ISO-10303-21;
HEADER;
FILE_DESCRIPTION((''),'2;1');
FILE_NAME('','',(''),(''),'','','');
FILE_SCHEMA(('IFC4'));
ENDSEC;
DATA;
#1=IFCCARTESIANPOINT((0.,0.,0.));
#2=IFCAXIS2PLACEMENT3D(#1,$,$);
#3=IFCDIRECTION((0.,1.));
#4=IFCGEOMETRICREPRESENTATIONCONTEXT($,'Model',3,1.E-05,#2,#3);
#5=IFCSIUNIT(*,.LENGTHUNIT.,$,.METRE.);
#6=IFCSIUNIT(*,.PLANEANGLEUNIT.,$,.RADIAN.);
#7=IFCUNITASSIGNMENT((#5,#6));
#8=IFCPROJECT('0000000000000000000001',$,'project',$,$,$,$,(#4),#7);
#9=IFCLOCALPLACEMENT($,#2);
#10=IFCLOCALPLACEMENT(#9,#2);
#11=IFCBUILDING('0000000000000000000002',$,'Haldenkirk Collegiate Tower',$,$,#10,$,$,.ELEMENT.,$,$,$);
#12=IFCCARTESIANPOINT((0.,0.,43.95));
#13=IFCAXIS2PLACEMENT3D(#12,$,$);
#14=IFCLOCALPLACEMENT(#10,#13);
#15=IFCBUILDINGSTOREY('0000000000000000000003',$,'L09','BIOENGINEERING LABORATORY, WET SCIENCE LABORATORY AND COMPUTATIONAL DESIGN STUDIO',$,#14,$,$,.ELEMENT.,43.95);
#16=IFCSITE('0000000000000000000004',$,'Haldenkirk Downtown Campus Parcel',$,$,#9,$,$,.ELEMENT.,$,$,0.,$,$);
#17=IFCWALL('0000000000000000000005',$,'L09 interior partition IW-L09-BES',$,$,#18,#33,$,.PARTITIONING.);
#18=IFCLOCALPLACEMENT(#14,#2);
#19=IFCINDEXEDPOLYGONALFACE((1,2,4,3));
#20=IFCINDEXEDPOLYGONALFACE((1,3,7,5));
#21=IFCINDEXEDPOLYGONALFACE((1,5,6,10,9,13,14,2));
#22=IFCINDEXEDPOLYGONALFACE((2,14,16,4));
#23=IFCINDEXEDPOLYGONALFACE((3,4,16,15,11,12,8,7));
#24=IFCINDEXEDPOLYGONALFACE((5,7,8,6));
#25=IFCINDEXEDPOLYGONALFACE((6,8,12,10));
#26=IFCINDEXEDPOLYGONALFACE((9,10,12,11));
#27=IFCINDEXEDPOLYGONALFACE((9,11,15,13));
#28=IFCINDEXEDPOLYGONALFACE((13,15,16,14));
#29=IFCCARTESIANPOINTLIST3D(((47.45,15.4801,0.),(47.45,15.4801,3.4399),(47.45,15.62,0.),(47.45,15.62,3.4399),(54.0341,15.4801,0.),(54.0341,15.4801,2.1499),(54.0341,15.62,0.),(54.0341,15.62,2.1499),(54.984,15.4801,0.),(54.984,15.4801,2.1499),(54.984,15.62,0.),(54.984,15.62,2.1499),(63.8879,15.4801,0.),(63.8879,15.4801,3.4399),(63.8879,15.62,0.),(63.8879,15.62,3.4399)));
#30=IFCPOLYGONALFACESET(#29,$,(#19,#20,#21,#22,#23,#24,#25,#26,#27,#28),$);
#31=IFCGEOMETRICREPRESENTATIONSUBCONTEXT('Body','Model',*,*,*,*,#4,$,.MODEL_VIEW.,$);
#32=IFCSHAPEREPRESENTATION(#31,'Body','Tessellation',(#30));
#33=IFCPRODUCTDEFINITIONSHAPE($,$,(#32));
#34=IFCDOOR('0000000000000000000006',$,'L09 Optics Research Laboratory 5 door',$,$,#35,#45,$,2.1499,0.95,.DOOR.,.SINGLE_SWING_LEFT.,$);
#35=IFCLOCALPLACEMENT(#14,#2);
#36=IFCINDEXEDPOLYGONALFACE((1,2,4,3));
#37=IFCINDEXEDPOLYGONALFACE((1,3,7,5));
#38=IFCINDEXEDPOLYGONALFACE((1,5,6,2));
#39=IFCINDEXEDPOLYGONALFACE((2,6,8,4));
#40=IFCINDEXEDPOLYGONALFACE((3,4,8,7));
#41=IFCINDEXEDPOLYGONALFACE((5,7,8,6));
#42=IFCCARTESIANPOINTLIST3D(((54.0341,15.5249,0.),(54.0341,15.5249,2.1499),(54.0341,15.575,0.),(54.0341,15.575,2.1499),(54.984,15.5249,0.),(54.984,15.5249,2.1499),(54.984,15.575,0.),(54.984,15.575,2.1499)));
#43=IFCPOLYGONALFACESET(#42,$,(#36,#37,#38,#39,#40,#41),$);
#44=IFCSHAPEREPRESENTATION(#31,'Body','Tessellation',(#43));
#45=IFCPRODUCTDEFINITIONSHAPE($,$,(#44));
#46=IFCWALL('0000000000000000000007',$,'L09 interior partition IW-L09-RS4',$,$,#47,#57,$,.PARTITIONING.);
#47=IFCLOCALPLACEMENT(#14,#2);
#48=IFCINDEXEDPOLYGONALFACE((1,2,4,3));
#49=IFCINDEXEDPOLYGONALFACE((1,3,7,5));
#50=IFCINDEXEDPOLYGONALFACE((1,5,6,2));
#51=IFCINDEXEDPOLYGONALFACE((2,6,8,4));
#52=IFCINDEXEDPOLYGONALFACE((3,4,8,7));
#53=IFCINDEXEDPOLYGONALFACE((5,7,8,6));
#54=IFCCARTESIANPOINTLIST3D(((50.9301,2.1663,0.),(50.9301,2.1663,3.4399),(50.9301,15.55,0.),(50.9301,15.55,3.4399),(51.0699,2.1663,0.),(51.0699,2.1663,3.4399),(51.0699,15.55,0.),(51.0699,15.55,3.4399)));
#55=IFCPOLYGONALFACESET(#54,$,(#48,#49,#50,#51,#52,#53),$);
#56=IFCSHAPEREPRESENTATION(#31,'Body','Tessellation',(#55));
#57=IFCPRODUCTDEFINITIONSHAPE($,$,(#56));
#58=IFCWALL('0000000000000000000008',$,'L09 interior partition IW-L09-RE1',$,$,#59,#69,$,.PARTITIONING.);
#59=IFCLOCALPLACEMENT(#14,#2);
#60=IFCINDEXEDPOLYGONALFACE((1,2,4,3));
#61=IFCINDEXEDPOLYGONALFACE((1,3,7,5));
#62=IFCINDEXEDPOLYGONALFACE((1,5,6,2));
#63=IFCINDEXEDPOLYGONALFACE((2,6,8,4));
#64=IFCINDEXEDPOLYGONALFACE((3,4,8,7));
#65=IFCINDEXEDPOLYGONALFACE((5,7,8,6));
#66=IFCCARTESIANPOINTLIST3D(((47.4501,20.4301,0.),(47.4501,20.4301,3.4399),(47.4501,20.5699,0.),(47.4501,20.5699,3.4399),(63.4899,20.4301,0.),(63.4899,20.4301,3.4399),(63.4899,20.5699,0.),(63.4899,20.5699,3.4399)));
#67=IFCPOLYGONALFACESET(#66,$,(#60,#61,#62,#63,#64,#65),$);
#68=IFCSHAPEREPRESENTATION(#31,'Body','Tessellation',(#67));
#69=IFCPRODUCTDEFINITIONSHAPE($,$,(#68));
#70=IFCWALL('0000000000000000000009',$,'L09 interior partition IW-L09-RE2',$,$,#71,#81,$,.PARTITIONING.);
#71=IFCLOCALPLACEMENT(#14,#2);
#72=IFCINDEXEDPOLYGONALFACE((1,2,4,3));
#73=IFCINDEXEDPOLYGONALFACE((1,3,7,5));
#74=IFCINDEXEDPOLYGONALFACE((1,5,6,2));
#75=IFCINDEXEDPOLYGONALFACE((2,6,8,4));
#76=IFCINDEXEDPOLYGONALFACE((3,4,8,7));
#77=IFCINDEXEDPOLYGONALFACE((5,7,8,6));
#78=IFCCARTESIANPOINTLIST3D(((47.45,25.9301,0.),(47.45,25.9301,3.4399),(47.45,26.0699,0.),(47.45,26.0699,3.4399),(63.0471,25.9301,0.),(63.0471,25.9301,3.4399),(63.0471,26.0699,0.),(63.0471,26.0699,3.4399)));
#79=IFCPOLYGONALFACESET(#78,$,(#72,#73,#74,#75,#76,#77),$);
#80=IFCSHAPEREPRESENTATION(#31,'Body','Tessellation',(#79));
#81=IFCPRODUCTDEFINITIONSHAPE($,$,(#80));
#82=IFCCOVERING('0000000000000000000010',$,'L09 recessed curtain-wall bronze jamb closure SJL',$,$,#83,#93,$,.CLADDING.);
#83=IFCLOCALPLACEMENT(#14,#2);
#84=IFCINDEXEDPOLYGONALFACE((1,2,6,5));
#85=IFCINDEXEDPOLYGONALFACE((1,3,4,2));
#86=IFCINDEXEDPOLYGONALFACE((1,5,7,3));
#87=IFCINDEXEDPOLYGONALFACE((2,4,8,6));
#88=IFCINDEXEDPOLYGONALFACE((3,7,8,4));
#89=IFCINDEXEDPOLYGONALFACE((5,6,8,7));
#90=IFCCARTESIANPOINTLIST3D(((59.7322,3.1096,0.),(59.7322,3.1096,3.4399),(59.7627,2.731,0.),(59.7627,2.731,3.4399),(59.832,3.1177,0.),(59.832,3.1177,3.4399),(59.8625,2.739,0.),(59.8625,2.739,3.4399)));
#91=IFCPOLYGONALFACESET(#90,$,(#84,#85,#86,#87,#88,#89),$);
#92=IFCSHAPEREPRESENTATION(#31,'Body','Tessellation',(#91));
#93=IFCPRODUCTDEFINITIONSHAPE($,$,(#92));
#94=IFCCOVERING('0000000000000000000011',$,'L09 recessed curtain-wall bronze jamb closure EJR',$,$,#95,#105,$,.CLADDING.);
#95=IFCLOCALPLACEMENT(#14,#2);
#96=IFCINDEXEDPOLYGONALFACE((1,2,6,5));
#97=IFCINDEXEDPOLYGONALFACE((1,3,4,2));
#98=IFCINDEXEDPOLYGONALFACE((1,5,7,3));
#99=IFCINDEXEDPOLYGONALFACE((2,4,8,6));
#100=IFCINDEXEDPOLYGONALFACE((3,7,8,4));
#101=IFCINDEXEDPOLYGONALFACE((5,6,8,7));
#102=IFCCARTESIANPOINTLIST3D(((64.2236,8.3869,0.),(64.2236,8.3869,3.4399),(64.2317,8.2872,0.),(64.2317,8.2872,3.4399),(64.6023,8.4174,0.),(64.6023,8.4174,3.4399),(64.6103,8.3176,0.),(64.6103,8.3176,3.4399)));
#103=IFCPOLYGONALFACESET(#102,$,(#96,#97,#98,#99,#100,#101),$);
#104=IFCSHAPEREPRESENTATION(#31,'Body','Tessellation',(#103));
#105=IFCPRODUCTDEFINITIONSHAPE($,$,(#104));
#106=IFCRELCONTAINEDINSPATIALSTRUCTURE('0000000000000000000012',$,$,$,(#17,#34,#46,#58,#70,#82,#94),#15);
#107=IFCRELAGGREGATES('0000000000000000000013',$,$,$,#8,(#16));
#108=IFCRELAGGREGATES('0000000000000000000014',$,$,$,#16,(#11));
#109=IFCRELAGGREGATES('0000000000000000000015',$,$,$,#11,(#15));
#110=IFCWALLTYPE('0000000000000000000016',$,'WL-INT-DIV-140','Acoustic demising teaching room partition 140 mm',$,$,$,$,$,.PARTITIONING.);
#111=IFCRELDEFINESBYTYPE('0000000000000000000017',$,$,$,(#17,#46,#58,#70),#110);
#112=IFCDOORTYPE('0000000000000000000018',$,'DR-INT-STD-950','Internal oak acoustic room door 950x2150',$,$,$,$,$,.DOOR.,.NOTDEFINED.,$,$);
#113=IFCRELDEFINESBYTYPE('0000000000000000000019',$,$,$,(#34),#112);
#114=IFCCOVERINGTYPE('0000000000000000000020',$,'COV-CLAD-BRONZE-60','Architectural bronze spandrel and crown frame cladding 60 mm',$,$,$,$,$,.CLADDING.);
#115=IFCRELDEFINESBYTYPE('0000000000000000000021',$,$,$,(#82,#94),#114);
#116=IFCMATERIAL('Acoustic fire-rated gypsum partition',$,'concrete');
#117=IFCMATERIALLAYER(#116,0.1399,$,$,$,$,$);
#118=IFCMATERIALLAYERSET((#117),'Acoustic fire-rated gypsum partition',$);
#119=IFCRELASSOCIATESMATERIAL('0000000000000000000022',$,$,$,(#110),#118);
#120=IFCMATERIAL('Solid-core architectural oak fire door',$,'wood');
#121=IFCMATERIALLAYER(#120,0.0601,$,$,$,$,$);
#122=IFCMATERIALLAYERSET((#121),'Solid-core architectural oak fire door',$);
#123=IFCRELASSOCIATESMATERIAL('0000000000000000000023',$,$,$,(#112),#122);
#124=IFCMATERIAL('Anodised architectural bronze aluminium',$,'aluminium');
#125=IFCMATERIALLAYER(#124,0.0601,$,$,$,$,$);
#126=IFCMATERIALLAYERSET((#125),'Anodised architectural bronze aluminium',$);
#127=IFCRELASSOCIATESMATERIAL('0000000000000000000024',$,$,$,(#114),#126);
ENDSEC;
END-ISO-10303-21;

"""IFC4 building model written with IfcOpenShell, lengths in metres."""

from ifc_helpers import new_model, si_unit, direction, frame, frame_2d, origin, origin_2d, place, context, subcontext, project, spatial, rectangle, extrude, source, transform, mapped, material, layer, layer_set, type_object, element, fill, save


model = new_model("IFC4")

# Units and contexts
model_context = context("Model", 3, precision=1e-05, world=origin(), true_north=direction((0.0, 1.0)))
body_context = subcontext(model_context, "Body", "Model", "MODEL_VIEW")
ifc_project = project(units=[si_unit("LENGTHUNIT", "METRE"), si_unit("PLANEANGLEUNIT", "RADIAN")], contexts=[model_context])

# Site, building, storey
site_placement = place(None, origin())
site = spatial("IfcSite", under=ifc_project, at=site_placement, Name="Haldenkirk Downtown Campus Parcel", CompositionType="ELEMENT", RefElevation=0.0)
building_placement = place(site_placement, origin())
building = spatial("IfcBuilding", under=site, at=building_placement, Name="Haldenkirk Collegiate Tower", CompositionType="ELEMENT")
storey_placement = place(building_placement, frame((0.0, 0.0, 43.95)))
storey = spatial("IfcBuildingStorey", under=building, at=storey_placement, Name="L09", Description="BIOENGINEERING LABORATORY, WET SCIENCE LABORATORY AND COMPUTATIONAL DESIGN STUDIO", CompositionType="ELEMENT", Elevation=43.95)

# Shared definitions
ifc_material_1 = material(Name="Anodised architectural bronze aluminium", Category="aluminium")

# Wall, opening, door
ifc_material_2 = material(Name="Acoustic fire-rated gypsum partition", Category="concrete")
ifc_layer_1 = layer(ifc_material_2, 0.1399)
ifc_layer_set_1 = layer_set([ifc_layer_1], Name="Acoustic fire-rated gypsum partition")
wall_type_1 = type_object("IfcWallType", Name="WL-INT-DIV-140", Description="Acoustic demising teaching room partition 140 mm", PredefinedType="PARTITIONING", material=ifc_layer_set_1)
wall_1_placement = place(storey_placement, frame((47.45, 15.55, 0.0), z_axis=(0.0, 0.0, 1.0), x_axis=(1.0, 0.0, 0.0)))
wall_1 = element("IfcWall", 1, at=wall_1_placement, inside=storey, type_object=wall_type_1, Name="L09 interior partition IW-L09-BES", PredefinedType="PARTITIONING", context=body_context, shape_type="SweptSolid", body=[
    extrude(rectangle(XDim=16.438, YDim=0.1399, at=frame_2d((8.219, 0.0))), origin(), (0.0, 0.0, 1.0), 3.4399),
])
opening_1_placement = place(wall_1_placement, frame((6.584, 0.0, 0.0)))
opening_1 = element("IfcOpeningElement", 2, at=opening_1_placement, cuts=wall_1, PredefinedType="OPENING", context=body_context, shape_type="SweptSolid", body=[
    extrude(rectangle(XDim=0.95, YDim=2.1499, at=frame_2d((0.4751, 1.075))), frame((0.0, 0.0798, 0.0), z_axis=(0.0, -1.0, 0.0), x_axis=(1.0, 0.0, 0.0)), (0.0, 0.0, 1.0), 0.1599),
])
ifc_material_3 = material(Name="Solid-core architectural oak fire door", Category="wood")
ifc_layer_2 = layer(ifc_material_3, 0.0601)
ifc_layer_set_2 = layer_set([ifc_layer_2], Name="Solid-core architectural oak fire door")
door_type = type_object("IfcDoorType", Name="DR-INT-STD-950", Description="Internal oak acoustic room door 950x2150", OperationType="NOTDEFINED", PredefinedType="DOOR", material=ifc_layer_set_2)
door_placement = place(opening_1_placement, origin())
door = element("IfcDoor", 3, at=door_placement, inside=storey, type_object=door_type, Name="L09 Optics Research Laboratory 5 door", OperationType="SINGLE_SWING_LEFT", OverallHeight=2.1499, OverallWidth=0.95, PredefinedType="DOOR", context=body_context, shape_type="SweptSolid", body=[
    extrude(rectangle(XDim=0.95, YDim=2.1499, at=frame_2d((0.4751, 1.075))), frame((0.0, 0.0249, 0.0), z_axis=(0.0, -1.0, 0.0), x_axis=(1.0, 0.0, 0.0)), (0.0, 0.0, 1.0), 0.05),
])
fill(opening_1, door)

# Walls
wall_2_placement = place(storey_placement, frame((51.0, 2.1663, 0.0), z_axis=(0.0, 0.0, 1.0), x_axis=(0.0, 1.0, 0.0)))
element("IfcWall", 4, at=wall_2_placement, inside=storey, type_object=wall_type_1, Name="L09 interior partition IW-L09-RS4", PredefinedType="PARTITIONING", context=body_context, shape_type="SweptSolid", body=[
    extrude(rectangle(XDim=13.3838, YDim=0.1399, at=frame_2d((6.6919, 0.0))), origin(), (0.0, 0.0, 1.0), 3.4399),
])
wall_3_placement = place(storey_placement, frame((47.45, 20.5, 0.0), z_axis=(0.0, 0.0, 1.0), x_axis=(1.0, 0.0, 0.0)))
element("IfcWall", 5, at=wall_3_placement, inside=storey, type_object=wall_type_1, Name="L09 interior partition IW-L09-RE1", PredefinedType="PARTITIONING", context=body_context, shape_type="SweptSolid", body=[
    extrude(rectangle(XDim=16.0398, YDim=0.1399, at=frame_2d((8.02, 0.0))), origin(), (0.0, 0.0, 1.0), 3.4399),
])
wall_4_placement = place(storey_placement, frame((47.45, 26.0, 0.0), z_axis=(0.0, 0.0, 1.0), x_axis=(1.0, 0.0, 0.0)))
element("IfcWall", 6, at=wall_4_placement, inside=storey, type_object=wall_type_1, Name="L09 interior partition IW-L09-RE2", PredefinedType="PARTITIONING", context=body_context, shape_type="SweptSolid", body=[
    extrude(rectangle(XDim=15.5972, YDim=0.1399, at=frame_2d((7.7986, 0.0))), origin(), (0.0, 0.0, 1.0), 3.4399),
])

# Coverings
ifc_layer_3 = layer(ifc_material_1, 0.0601)
ifc_layer_set_3 = layer_set([ifc_layer_3], Name="Anodised architectural bronze aluminium")
covering_type = type_object("IfcCoveringType", Name="COV-CLAD-BRONZE-60", Description="Architectural bronze spandrel and crown frame cladding 60 mm", PredefinedType="CLADDING", material=ifc_layer_set_3)
shared_shape_1 = source(origin(), body_context, "Body", "SweptSolid", [
    extrude(rectangle(XDim=0.1001, YDim=0.3799, at=origin_2d()), origin(), (0.0, 0.0, 1.0), 3.4399),
])
for number, where, z_axis, x_axis, name in (
    (7, (59.7974, 2.9243, 0.0), (0.0, 0.0, 1.0), (-0.996779, -0.080199, 0.0), "L09 recessed curtain-wall bronze jamb closure SJL"),
    (8, (64.417, 8.3523, 0.0), (0.0, 0.0, 1.0), (0.080199, -0.996779, 0.0), "L09 recessed curtain-wall bronze jamb closure EJR"),
):
    element("IfcCovering", number, at=place(storey_placement, frame(where, z_axis=z_axis, x_axis=x_axis)), inside=storey, type_object=covering_type, Name=name, PredefinedType="CLADDING", context=body_context, shape_type="MappedRepresentation", body=[
        mapped(shared_shape_1, transform((0.0, 0.0, 0.0), x_axis=(1.0, 0.0, 0.0), y_axis=(0.0, 1.0, 0.0), z_axis=(0.0, 0.0, 1.0), scale=1.0)),
    ])

save(model, "model.ifc")
